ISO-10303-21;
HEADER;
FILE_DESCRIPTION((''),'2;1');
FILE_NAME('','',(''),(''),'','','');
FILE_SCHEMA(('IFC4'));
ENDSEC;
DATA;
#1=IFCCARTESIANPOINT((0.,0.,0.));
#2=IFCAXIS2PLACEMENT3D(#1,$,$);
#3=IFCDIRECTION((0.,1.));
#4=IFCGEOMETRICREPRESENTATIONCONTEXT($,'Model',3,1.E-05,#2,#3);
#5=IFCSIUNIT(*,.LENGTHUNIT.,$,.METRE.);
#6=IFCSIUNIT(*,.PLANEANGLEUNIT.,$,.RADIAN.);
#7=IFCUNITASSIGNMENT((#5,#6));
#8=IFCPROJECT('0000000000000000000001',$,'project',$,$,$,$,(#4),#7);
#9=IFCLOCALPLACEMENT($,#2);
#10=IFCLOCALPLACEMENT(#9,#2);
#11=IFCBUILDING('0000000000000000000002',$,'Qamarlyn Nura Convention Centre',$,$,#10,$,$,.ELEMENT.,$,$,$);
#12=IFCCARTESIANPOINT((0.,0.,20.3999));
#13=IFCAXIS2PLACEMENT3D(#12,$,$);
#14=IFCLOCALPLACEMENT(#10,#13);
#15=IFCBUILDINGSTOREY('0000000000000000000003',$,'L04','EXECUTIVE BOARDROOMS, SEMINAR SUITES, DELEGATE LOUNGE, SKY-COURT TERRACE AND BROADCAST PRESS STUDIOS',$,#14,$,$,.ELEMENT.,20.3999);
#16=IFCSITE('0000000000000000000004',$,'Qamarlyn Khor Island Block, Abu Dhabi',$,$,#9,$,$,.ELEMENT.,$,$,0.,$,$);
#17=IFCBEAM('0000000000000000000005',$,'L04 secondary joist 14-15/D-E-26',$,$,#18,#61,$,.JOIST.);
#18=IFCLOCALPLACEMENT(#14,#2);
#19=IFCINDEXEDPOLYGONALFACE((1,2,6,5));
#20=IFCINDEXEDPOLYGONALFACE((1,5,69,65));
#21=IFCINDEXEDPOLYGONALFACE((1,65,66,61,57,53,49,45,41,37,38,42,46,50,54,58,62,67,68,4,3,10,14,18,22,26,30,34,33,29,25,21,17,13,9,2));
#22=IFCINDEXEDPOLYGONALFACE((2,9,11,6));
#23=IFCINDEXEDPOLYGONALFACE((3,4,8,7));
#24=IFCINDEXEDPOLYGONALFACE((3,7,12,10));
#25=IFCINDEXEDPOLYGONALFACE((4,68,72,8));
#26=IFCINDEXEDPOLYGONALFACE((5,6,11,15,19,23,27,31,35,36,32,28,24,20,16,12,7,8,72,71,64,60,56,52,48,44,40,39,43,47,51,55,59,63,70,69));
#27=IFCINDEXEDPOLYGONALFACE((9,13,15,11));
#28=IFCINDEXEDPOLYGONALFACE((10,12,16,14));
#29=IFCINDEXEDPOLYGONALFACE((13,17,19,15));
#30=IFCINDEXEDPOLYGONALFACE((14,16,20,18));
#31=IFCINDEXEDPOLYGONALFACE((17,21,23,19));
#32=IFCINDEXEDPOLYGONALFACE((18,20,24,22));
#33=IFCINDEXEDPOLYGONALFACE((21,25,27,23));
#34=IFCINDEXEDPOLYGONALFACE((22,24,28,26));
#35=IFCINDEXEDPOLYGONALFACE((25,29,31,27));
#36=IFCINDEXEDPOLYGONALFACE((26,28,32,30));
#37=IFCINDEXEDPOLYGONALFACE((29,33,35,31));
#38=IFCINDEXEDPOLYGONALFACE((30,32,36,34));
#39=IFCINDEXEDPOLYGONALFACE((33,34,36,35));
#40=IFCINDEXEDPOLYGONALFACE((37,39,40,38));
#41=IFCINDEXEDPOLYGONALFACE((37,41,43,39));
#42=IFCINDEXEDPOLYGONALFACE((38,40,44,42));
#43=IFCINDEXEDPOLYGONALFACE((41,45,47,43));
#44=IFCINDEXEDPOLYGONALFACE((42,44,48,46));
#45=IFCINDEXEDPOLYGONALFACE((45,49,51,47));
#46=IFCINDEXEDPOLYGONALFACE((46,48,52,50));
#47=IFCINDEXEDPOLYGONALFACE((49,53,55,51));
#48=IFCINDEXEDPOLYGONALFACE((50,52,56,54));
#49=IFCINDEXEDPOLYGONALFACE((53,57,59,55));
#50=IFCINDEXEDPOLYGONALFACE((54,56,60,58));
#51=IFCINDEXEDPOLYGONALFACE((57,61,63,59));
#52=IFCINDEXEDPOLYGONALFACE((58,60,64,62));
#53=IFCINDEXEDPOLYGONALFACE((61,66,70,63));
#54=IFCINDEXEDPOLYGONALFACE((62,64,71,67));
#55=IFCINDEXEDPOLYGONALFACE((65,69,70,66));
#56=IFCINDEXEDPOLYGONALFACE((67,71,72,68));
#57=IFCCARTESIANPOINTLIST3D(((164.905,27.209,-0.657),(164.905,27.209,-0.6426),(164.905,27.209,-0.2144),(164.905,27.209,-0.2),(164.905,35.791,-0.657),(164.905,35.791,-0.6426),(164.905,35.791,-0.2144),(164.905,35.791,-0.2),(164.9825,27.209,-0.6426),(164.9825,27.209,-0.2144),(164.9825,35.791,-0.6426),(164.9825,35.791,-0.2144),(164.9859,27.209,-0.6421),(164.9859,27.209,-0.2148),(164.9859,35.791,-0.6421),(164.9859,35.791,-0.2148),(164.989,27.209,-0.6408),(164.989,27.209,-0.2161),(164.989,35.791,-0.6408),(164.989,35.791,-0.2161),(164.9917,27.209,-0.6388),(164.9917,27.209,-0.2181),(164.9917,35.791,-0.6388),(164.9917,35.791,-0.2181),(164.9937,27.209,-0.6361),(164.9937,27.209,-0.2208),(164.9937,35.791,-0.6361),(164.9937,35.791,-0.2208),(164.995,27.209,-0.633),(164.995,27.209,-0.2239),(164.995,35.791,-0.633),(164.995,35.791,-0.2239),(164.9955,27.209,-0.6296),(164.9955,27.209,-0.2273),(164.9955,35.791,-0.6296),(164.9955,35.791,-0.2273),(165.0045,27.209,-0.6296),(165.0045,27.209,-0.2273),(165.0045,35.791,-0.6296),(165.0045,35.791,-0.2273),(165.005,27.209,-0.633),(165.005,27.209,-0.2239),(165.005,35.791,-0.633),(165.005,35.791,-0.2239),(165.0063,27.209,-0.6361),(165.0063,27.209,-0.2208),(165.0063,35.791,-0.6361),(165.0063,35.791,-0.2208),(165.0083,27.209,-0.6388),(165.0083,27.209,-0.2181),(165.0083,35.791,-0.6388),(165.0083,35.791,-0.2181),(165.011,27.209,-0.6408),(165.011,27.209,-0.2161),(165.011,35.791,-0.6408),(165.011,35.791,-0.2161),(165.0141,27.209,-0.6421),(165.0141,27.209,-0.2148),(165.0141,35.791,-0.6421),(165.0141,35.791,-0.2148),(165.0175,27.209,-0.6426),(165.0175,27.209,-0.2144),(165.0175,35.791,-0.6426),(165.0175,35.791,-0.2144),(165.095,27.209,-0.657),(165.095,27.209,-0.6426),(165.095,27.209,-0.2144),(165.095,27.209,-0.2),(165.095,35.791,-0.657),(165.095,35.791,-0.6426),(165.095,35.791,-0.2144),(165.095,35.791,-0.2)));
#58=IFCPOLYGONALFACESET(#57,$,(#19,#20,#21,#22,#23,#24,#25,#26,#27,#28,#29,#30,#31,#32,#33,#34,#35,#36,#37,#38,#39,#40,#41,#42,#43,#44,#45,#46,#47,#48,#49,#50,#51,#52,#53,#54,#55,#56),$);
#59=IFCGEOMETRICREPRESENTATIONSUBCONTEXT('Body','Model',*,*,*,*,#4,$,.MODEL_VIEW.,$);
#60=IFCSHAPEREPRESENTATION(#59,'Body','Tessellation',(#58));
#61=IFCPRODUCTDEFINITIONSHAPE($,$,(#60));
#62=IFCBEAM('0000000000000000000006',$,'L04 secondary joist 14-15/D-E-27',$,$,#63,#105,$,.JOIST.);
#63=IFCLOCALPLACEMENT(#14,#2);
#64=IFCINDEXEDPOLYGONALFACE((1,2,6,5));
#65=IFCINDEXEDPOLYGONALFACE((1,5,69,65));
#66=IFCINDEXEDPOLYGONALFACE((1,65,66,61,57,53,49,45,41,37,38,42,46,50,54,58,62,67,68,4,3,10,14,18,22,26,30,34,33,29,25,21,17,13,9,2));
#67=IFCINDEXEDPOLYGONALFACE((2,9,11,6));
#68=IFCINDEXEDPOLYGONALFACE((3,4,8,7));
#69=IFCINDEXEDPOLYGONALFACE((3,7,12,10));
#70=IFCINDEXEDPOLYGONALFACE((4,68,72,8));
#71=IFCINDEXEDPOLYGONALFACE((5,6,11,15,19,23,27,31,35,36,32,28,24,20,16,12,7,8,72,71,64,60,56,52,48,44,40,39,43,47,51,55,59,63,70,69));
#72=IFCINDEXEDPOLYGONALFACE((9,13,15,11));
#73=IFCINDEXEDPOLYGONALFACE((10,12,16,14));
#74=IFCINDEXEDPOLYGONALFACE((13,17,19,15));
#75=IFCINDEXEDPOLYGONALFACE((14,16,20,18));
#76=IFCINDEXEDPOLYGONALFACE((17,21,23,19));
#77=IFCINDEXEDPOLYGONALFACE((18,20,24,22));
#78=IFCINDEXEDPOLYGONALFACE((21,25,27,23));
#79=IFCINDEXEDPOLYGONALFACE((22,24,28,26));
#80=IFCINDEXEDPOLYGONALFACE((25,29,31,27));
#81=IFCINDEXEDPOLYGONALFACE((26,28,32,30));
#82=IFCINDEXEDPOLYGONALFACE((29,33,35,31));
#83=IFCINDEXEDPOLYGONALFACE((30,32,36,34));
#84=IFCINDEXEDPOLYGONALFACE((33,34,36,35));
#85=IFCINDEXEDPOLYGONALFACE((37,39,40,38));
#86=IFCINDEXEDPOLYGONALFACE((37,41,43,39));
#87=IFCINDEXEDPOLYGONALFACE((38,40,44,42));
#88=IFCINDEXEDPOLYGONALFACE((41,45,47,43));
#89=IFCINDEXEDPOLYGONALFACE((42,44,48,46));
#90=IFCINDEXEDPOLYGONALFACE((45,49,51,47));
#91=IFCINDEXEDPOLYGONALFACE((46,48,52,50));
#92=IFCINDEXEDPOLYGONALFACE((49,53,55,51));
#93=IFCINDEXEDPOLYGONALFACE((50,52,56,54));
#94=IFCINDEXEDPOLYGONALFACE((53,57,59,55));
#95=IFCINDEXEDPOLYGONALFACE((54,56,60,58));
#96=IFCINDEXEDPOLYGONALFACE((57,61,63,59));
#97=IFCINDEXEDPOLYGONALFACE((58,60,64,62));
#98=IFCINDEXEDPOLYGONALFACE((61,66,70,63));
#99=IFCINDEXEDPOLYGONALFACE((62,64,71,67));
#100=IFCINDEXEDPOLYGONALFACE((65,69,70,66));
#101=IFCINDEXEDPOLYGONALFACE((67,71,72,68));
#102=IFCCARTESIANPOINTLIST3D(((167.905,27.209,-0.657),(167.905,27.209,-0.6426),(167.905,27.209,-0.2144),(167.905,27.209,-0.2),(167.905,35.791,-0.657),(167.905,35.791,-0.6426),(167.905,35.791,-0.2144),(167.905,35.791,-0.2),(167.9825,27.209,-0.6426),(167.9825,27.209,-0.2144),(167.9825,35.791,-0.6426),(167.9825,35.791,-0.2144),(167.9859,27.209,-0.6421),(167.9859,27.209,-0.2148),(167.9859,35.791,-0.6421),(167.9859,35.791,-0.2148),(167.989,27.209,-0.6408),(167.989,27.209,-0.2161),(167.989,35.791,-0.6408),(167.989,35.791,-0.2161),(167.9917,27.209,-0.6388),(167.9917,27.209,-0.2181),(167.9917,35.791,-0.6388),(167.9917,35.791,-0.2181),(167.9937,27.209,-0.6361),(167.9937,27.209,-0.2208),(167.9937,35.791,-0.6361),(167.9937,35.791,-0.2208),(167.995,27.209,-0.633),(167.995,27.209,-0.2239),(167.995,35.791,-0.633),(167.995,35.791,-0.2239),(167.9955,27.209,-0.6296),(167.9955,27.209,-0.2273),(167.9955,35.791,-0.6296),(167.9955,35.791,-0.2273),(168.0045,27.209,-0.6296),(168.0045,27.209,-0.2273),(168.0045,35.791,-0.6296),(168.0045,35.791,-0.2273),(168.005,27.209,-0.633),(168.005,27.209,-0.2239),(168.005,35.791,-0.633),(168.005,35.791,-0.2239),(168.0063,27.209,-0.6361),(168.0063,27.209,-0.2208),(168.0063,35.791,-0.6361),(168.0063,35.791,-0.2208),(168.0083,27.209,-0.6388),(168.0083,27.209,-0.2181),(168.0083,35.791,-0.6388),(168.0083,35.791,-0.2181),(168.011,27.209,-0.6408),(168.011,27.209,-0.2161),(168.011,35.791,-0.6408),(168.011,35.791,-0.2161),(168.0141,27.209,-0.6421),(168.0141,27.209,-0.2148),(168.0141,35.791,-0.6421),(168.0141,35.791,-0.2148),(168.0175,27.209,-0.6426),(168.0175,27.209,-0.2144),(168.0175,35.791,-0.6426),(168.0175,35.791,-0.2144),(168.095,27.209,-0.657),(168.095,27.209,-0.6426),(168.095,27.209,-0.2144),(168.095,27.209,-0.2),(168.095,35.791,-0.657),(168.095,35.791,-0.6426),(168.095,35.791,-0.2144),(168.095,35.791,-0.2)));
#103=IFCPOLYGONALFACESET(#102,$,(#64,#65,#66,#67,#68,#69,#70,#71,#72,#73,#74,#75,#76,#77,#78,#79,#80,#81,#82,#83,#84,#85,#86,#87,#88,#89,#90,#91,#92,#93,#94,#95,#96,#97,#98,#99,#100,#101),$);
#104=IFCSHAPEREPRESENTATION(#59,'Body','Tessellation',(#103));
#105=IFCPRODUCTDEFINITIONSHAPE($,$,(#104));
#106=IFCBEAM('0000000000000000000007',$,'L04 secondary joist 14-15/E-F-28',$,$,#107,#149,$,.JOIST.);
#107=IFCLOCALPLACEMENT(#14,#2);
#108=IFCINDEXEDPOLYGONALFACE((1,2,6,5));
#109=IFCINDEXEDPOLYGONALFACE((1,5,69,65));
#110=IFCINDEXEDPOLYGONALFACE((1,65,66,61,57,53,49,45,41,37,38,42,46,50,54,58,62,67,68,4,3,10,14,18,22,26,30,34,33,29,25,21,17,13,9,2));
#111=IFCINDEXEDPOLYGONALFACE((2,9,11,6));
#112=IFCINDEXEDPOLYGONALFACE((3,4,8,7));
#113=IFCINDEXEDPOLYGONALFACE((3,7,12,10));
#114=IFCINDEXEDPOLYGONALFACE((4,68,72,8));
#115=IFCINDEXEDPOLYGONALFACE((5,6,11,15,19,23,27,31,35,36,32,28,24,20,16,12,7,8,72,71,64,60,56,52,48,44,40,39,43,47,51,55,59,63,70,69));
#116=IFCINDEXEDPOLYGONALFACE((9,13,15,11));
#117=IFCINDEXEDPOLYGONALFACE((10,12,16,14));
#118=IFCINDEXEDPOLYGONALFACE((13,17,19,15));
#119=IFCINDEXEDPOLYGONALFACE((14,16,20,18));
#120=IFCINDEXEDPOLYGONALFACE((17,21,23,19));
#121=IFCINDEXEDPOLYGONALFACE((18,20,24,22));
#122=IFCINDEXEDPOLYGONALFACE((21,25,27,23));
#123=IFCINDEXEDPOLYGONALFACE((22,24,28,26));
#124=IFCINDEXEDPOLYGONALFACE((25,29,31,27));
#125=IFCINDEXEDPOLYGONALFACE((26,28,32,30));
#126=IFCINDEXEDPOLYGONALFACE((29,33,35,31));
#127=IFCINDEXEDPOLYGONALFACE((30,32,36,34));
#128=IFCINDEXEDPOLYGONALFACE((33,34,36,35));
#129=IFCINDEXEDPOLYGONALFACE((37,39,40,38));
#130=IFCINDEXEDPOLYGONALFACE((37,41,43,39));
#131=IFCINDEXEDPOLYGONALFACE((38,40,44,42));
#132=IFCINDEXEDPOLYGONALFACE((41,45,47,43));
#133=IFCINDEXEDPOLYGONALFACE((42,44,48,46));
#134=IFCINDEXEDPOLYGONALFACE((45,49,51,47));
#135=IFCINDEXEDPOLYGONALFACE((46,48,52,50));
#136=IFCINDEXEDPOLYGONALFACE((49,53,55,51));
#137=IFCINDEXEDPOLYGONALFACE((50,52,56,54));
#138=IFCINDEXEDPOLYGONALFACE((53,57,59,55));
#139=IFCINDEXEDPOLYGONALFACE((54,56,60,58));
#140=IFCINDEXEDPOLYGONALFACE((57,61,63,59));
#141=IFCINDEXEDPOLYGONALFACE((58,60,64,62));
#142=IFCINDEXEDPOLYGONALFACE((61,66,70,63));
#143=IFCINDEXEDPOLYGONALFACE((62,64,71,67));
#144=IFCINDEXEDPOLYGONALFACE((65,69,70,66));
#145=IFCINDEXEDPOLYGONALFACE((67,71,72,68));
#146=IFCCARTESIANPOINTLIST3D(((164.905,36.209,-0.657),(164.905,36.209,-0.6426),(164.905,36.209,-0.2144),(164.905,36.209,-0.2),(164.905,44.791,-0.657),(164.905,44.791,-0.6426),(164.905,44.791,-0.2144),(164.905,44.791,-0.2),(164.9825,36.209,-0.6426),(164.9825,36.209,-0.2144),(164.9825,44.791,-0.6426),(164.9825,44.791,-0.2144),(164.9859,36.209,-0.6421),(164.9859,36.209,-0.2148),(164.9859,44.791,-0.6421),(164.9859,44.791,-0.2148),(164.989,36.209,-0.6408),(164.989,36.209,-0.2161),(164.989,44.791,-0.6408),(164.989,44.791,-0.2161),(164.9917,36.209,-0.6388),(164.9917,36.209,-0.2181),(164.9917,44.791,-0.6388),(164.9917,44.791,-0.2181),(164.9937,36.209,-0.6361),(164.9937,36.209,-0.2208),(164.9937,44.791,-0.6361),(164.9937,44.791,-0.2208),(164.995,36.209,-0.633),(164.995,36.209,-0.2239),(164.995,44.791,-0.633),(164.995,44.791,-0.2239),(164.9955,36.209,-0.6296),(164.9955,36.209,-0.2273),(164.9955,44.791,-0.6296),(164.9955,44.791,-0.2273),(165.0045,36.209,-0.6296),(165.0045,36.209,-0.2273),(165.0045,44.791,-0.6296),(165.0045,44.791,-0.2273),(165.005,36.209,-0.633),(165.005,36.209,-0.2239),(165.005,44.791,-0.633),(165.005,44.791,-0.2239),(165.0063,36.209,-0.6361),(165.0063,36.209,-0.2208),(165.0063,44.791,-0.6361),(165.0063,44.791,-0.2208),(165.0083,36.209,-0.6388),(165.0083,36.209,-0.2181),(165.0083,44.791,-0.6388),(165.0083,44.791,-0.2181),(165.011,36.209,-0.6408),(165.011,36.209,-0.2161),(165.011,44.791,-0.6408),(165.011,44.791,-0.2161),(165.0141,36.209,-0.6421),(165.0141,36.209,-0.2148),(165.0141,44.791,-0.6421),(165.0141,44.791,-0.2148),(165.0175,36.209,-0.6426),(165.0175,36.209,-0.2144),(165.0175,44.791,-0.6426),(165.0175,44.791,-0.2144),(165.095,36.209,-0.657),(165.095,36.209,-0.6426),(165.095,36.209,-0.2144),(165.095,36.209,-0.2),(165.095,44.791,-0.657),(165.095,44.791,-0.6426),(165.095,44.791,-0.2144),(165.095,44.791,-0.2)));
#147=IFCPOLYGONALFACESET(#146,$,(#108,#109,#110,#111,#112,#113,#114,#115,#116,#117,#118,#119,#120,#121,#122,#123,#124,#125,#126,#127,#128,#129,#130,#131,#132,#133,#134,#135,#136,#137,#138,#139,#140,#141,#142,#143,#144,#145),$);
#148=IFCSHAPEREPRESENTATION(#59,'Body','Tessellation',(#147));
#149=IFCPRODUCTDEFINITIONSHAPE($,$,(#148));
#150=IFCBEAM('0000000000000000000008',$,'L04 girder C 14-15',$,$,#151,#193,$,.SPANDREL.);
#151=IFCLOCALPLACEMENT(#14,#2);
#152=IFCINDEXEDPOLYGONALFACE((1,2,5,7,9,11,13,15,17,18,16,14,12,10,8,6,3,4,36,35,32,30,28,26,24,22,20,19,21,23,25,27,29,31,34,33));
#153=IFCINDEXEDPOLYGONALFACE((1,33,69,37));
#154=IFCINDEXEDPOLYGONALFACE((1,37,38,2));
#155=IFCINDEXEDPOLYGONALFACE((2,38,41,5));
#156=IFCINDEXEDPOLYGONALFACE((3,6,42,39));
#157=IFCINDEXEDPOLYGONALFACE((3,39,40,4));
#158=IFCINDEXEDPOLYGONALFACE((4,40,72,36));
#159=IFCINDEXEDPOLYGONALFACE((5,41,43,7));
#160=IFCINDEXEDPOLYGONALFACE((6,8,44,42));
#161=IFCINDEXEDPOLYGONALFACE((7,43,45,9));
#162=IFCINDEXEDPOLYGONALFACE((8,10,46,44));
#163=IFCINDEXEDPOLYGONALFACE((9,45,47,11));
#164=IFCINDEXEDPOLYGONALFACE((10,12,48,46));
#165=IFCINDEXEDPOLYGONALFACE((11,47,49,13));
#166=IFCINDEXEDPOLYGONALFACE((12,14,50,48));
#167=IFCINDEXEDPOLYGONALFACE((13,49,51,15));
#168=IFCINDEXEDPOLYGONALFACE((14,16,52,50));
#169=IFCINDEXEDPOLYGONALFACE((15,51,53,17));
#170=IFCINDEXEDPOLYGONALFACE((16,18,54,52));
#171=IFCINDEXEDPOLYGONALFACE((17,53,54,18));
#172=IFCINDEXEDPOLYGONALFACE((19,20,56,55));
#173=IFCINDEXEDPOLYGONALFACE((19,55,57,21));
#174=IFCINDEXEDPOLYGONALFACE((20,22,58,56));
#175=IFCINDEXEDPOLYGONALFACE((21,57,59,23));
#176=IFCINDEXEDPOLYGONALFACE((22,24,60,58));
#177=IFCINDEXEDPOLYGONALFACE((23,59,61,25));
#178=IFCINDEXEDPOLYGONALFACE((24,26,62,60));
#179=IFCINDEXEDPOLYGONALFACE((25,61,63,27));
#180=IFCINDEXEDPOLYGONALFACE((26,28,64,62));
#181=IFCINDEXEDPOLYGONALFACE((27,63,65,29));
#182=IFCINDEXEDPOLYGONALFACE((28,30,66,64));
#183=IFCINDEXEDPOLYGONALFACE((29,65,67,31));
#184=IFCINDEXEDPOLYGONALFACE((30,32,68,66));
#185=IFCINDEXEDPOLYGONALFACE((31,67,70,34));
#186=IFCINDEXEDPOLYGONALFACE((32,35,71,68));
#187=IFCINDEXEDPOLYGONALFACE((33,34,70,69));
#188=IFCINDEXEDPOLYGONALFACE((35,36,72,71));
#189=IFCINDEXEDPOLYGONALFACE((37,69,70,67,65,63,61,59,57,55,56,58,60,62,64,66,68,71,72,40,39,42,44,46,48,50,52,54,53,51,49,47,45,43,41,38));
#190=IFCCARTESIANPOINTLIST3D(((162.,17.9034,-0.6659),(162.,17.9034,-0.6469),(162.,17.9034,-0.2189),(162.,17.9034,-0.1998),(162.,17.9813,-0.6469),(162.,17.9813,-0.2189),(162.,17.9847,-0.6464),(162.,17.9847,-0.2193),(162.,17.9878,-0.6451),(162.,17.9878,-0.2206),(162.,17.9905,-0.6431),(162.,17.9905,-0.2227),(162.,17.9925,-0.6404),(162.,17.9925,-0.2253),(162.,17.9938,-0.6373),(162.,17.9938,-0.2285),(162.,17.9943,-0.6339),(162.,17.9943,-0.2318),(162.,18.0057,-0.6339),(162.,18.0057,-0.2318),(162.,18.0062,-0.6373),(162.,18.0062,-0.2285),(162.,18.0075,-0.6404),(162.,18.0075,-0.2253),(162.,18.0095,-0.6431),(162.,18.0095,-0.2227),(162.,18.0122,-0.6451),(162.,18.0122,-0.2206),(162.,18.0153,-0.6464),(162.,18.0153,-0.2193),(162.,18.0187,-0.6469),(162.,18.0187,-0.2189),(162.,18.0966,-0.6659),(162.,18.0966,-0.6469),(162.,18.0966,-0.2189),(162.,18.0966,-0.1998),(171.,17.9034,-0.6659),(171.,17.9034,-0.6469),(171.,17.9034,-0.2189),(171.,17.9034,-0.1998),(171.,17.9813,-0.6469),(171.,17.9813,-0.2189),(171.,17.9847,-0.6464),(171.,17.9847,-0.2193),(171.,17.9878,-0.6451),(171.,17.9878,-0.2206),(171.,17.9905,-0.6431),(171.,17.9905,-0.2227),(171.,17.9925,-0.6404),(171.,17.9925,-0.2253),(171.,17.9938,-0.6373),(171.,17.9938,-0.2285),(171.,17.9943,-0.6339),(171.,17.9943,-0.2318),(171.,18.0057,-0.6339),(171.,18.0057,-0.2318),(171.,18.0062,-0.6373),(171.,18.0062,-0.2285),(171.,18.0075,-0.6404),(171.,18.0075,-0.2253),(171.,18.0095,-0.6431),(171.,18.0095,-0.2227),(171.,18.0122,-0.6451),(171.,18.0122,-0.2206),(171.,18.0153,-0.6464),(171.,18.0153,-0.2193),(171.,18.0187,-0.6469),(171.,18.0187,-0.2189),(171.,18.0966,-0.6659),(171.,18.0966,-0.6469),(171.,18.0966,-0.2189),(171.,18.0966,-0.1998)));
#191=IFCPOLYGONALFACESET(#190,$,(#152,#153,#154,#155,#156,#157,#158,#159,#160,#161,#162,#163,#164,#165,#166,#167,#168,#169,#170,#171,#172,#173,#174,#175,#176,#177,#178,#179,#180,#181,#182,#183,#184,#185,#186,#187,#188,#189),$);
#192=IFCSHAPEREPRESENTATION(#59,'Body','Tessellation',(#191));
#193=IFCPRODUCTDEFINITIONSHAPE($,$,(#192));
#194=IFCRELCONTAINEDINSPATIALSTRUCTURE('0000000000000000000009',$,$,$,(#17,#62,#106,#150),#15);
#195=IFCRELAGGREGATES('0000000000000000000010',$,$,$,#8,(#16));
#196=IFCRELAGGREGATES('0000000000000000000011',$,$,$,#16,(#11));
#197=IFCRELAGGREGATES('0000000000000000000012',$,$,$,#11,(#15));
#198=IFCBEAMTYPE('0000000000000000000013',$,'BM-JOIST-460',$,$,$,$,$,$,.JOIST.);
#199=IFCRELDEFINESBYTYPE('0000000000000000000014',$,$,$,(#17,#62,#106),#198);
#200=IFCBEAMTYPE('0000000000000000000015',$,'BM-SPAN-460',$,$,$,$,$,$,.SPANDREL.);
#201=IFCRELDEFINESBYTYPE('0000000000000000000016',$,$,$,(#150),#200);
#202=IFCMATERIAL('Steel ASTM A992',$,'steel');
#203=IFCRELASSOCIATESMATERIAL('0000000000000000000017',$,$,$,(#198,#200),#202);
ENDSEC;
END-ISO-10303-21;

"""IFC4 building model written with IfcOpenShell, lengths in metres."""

from ifc_helpers import new_model, si_unit, direction, frame, origin, origin_2d, place, context, subcontext, project, spatial, i_section, extrude, material, material_profile, profile_set, type_object, element, save


model = new_model("IFC4")

# Units and contexts
model_context = context("Model", 3, precision=1e-05, world=origin(), true_north=direction((0.0, 1.0)))
body_context = subcontext(model_context, "Body", "Model", "MODEL_VIEW")
ifc_project = project(units=[si_unit("LENGTHUNIT", "METRE"), si_unit("PLANEANGLEUNIT", "RADIAN")], contexts=[model_context])

# Site, building, storey
site_placement = place(None, origin())
site = spatial("IfcSite", under=ifc_project, at=site_placement, Name="Qamarlyn Khor Island Block, Abu Dhabi", CompositionType="ELEMENT", RefElevation=0.0)
building_placement = place(site_placement, origin())
building = spatial("IfcBuilding", under=site, at=building_placement, Name="Qamarlyn Nura Convention Centre", CompositionType="ELEMENT")
storey_placement = place(building_placement, frame((0.0, 0.0, 20.3999)))
storey = spatial("IfcBuildingStorey", under=building, at=storey_placement, Name="L04", Description="EXECUTIVE BOARDROOMS, SEMINAR SUITES, DELEGATE LOUNGE, SKY-COURT TERRACE AND BROADCAST PRESS STUDIOS", CompositionType="ELEMENT", Elevation=20.3999)

# Shared definitions
ifc_material_1 = material(Name="Steel ASTM A992", Category="steel")

# Beams
ifc_material_profile_1 = material_profile(ifc_material_1, i_section(OverallWidth=0.1899, OverallDepth=0.457, WebThickness=0.009, FlangeThickness=0.0144, FilletRadius=0.0129, at=origin_2d()), Name="W460X74")
ifc_profile_set_1 = profile_set([ifc_material_profile_1], Name="Steel ASTM A992")
beam_type_1 = type_object("IfcBeamType", Name="BM-JOIST-460", PredefinedType="JOIST", material=ifc_profile_set_1)
for number, where, z_axis, x_axis, name in (
    (1, (165.0, 27.209, -0.4285), (0.0, 1.0, 0.0), (-1.0, 0.0, 0.0), "L04 secondary joist 14-15/D-E-26"),
    (2, (168.0, 27.209, -0.4285), (0.0, 1.0, 0.0), (-1.0, 0.0, 0.0), "L04 secondary joist 14-15/D-E-27"),
    (3, (165.0, 36.209, -0.4285), (0.0, 1.0, 0.0), (-1.0, 0.0, 0.0), "L04 secondary joist 14-15/E-F-28"),
):
    element("IfcBeam", number, at=place(storey_placement, frame(where, z_axis=z_axis, x_axis=x_axis)), inside=storey, type_object=beam_type_1, Name=name, PredefinedType="JOIST", context=body_context, shape_type="SweptSolid", body=[
        extrude(i_section(OverallWidth=0.1899, OverallDepth=0.457, WebThickness=0.009, FlangeThickness=0.0144, FilletRadius=0.0129, at=origin_2d()), origin(), (0.0, 0.0, 1.0), 8.582),
    ])
ifc_material_profile_2 = material_profile(ifc_material_1, i_section(OverallWidth=0.1931, OverallDepth=0.4661, WebThickness=0.0115, FlangeThickness=0.019, FilletRadius=0.0129, at=origin_2d()), Name="W460X97")
ifc_profile_set_2 = profile_set([ifc_material_profile_2], Name="Steel ASTM A992")
beam_type_2 = type_object("IfcBeamType", Name="BM-SPAN-460", PredefinedType="SPANDREL", material=ifc_profile_set_2)
beam_1_placement = place(storey_placement, frame((162.0, 18.0, -0.4329), z_axis=(1.0, 0.0, 0.0), x_axis=(0.0, 1.0, 0.0)))
element("IfcBeam", 4, at=beam_1_placement, inside=storey, type_object=beam_type_2, Name="L04 girder C 14-15", PredefinedType="SPANDREL", context=body_context, shape_type="SweptSolid", body=[
    extrude(i_section(OverallWidth=0.1931, OverallDepth=0.4661, WebThickness=0.0115, FlangeThickness=0.019, FilletRadius=0.0129, at=origin_2d()), origin(), (0.0, 0.0, 1.0), 9.0),
])

save(model, "model.ifc")
